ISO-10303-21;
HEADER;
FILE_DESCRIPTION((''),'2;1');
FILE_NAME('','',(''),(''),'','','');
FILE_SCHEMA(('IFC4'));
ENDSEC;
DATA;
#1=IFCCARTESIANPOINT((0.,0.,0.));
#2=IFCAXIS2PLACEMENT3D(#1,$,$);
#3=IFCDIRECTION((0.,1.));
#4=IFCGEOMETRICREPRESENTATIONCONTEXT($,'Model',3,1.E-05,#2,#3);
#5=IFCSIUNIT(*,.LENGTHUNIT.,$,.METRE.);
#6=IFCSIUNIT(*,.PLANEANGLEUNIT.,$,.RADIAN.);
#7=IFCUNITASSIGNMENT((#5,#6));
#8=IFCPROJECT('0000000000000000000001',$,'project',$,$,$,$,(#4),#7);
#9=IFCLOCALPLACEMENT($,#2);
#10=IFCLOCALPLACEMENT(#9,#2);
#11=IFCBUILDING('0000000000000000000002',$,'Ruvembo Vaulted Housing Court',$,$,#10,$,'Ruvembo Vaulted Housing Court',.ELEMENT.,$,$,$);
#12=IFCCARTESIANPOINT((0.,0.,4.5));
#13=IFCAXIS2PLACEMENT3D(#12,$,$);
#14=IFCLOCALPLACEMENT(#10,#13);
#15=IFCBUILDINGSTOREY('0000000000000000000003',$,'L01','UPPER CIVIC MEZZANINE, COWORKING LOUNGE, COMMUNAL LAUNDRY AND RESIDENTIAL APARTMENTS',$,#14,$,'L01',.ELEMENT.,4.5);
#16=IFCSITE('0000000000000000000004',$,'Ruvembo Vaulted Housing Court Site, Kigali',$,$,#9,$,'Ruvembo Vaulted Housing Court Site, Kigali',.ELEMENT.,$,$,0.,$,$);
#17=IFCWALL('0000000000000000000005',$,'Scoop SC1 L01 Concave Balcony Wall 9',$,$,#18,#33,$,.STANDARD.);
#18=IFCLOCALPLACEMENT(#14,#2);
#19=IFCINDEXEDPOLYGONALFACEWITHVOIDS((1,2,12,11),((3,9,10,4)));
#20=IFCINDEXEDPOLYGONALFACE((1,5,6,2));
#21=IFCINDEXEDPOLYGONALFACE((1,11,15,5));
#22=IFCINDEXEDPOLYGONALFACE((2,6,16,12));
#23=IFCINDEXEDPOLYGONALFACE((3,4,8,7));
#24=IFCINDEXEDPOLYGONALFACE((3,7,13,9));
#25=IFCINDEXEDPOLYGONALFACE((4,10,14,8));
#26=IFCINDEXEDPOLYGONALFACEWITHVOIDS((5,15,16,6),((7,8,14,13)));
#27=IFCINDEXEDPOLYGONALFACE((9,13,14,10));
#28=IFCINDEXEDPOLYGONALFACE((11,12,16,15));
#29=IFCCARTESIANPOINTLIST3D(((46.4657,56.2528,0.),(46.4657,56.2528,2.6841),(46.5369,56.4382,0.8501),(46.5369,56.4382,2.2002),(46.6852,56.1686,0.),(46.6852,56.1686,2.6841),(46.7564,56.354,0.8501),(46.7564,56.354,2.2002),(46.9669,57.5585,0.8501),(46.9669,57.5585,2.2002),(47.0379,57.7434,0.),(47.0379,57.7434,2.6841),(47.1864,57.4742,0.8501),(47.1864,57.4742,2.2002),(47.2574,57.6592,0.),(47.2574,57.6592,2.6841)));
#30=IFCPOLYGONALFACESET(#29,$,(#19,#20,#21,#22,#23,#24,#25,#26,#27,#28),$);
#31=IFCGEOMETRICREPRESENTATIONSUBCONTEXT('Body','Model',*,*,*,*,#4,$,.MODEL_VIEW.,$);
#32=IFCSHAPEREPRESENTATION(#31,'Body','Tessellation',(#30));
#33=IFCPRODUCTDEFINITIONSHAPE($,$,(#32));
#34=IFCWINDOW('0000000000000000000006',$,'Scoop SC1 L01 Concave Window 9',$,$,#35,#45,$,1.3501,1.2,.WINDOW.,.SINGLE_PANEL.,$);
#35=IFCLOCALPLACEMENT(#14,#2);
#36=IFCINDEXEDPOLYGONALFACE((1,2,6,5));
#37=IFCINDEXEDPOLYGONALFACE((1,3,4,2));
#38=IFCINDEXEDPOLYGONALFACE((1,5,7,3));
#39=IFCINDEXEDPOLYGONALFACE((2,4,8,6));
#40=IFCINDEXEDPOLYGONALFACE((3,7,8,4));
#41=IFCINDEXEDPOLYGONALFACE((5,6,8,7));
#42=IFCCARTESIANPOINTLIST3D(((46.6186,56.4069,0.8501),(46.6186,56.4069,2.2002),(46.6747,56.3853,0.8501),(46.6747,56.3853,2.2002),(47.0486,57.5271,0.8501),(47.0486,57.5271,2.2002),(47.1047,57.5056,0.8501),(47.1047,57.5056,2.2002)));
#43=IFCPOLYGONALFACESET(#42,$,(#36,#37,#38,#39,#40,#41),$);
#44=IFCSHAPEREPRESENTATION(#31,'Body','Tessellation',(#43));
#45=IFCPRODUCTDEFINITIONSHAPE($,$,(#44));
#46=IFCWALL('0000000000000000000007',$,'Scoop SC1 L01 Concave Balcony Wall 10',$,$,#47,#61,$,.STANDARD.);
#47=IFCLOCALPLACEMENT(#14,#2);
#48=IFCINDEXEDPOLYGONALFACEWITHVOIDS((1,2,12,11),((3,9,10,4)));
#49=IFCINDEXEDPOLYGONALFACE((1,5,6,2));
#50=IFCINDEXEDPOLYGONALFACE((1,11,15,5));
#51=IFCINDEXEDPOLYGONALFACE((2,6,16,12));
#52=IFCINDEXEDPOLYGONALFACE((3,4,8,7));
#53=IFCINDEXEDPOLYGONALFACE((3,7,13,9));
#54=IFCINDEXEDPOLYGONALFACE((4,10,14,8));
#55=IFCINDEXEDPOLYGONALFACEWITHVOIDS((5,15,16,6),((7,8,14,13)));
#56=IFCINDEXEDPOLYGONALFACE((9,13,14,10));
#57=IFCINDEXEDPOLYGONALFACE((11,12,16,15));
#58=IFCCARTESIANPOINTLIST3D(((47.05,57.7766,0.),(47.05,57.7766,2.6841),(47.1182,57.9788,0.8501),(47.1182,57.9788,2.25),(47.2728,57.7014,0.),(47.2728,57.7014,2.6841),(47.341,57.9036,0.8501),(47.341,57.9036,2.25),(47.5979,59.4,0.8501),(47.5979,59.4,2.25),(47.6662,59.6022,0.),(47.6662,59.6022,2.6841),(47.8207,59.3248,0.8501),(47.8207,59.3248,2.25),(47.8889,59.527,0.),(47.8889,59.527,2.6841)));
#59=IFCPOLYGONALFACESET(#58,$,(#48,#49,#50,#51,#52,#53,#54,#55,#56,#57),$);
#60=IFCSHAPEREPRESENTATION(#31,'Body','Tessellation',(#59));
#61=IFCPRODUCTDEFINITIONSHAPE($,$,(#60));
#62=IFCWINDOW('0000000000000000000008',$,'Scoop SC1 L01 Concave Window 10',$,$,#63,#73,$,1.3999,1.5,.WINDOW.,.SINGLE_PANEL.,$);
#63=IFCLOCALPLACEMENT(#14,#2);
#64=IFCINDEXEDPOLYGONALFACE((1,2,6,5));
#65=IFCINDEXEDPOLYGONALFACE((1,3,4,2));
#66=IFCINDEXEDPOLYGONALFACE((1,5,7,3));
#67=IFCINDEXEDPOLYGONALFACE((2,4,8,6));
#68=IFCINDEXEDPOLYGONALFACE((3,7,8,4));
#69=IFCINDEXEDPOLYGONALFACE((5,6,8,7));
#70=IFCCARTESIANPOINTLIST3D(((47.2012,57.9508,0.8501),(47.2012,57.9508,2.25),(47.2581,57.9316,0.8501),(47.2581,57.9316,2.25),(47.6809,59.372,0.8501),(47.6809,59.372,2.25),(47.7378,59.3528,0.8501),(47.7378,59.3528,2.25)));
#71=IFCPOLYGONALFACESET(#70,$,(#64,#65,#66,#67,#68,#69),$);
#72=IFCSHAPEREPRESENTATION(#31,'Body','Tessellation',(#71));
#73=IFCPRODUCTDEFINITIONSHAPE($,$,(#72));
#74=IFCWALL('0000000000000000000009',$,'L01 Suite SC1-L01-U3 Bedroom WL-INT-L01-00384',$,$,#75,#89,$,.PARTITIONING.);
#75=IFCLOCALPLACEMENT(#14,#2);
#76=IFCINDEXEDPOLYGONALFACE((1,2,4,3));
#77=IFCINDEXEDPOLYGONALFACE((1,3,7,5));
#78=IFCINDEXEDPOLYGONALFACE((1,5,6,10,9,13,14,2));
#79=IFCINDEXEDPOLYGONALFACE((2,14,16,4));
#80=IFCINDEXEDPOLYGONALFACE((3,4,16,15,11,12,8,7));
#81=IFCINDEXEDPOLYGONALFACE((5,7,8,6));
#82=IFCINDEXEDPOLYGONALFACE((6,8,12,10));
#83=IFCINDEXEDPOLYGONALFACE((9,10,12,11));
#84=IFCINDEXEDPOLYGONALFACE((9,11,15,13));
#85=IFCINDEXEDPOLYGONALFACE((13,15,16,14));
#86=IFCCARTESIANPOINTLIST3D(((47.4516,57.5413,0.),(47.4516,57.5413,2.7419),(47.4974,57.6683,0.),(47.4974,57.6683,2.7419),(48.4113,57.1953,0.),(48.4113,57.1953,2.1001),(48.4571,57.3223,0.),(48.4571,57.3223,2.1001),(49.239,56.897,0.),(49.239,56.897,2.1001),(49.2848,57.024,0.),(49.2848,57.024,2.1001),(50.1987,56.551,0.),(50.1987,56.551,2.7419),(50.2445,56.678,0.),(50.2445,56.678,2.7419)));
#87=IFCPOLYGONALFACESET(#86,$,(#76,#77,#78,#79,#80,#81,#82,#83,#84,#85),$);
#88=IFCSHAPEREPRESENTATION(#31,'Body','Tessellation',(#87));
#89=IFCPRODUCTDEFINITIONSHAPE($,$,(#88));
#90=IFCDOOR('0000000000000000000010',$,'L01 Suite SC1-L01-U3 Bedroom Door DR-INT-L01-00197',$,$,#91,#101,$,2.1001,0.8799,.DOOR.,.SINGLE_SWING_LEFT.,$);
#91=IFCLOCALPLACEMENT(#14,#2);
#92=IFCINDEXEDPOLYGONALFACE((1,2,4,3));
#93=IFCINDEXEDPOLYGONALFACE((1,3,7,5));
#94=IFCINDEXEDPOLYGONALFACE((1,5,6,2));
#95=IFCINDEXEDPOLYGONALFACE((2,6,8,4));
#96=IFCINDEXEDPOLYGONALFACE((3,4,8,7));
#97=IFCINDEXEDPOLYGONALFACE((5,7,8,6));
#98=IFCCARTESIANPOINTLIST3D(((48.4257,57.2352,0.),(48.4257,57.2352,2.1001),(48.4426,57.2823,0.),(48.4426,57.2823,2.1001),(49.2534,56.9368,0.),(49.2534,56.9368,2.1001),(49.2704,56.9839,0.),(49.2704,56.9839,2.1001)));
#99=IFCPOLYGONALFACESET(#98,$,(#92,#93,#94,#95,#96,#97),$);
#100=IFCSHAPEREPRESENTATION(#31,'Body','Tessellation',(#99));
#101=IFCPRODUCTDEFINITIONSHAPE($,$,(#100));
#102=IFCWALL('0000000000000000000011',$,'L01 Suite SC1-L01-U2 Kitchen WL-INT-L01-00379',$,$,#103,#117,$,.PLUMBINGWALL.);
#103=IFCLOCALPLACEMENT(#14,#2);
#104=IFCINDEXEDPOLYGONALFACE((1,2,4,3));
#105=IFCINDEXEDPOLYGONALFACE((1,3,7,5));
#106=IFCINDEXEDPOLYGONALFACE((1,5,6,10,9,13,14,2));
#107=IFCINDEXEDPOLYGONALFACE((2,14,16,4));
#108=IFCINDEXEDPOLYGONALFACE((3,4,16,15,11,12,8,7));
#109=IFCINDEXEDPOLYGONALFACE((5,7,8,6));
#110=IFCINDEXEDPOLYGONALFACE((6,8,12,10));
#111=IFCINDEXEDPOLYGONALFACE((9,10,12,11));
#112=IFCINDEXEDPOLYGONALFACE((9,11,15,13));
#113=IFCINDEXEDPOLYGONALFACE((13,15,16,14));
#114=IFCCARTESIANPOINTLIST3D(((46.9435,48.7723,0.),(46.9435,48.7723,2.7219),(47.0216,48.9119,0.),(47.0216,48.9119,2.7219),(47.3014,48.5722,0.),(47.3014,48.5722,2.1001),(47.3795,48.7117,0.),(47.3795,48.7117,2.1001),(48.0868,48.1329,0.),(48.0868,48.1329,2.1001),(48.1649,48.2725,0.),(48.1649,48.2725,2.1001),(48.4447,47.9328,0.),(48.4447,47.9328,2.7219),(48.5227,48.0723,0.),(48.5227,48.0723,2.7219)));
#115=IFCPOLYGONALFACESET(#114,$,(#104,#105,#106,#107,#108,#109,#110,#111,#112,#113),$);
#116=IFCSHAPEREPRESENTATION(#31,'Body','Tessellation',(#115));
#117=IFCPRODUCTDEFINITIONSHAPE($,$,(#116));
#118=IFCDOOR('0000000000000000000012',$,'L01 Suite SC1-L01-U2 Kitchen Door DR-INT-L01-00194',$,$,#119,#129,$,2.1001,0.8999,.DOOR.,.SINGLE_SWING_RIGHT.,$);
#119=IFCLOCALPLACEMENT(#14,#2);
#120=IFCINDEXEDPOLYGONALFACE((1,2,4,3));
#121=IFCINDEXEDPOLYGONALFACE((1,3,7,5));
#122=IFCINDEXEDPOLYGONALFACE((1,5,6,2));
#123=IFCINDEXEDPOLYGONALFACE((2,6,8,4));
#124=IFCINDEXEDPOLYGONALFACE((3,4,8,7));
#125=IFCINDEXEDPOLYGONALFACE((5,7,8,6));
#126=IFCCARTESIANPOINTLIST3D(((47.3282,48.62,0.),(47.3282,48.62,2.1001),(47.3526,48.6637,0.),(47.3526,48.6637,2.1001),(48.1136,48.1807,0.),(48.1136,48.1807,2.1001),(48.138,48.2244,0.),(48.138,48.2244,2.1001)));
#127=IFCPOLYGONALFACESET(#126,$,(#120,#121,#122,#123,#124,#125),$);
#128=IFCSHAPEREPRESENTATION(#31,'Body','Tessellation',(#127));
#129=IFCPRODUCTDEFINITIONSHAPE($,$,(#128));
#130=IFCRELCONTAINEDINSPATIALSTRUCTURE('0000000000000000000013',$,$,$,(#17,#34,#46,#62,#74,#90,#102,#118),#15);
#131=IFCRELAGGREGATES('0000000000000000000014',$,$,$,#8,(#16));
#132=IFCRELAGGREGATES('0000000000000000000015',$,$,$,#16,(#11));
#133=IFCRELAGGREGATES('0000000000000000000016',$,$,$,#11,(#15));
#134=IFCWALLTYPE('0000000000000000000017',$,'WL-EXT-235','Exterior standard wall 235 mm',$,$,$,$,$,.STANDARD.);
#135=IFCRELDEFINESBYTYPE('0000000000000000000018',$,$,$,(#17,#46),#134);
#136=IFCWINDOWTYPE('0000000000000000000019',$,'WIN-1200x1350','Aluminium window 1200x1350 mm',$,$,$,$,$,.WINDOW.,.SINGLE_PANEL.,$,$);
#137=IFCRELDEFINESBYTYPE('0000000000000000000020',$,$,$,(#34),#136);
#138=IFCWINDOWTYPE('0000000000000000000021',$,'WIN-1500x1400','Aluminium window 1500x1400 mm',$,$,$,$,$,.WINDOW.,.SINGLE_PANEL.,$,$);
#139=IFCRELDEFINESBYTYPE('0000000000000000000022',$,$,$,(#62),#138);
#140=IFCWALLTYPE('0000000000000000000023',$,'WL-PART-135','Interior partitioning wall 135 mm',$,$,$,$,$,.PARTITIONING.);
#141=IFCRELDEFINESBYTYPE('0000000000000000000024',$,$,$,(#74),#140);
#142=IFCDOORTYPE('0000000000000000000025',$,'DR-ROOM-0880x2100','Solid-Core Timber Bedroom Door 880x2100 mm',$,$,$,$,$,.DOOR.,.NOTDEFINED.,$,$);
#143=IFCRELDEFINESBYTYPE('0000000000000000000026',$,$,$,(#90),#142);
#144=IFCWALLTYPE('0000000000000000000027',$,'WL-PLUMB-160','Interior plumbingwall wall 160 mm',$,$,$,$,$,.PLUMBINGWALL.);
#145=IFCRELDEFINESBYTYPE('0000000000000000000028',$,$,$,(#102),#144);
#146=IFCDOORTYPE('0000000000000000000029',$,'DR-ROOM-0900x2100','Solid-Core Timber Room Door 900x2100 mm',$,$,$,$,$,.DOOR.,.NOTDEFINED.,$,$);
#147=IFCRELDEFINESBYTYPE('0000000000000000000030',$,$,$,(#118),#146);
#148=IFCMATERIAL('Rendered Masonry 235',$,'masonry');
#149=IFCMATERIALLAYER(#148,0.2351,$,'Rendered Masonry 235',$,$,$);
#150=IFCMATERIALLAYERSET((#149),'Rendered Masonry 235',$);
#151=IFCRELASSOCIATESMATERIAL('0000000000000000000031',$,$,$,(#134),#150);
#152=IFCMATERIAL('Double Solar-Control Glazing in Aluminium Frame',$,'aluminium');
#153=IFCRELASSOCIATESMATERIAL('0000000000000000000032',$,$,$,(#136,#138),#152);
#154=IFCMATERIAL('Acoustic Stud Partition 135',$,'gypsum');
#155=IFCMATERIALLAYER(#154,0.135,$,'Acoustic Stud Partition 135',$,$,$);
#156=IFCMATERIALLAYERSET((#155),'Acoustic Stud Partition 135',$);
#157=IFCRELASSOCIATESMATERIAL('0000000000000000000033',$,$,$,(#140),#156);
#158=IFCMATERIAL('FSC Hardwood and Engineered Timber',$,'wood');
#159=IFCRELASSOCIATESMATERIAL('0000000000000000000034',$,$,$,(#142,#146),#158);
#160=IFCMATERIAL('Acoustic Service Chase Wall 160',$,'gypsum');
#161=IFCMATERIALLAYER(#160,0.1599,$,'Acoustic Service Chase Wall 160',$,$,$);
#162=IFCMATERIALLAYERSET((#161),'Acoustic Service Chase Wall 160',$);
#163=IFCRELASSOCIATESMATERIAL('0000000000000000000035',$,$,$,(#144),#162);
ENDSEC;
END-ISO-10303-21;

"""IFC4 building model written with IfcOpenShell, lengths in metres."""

from ifc_helpers import new_model, si_unit, direction, frame, frame_2d, origin, place, context, subcontext, project, spatial, rectangle, extrude, material, layer, layer_set, type_object, element, fill, save


model = new_model("IFC4")

# Units and contexts
model_context = context("Model", 3, precision=1e-05, world=origin(), true_north=direction((0.0, 1.0)))
body_context = subcontext(model_context, "Body", "Model", "MODEL_VIEW")
ifc_project = project(units=[si_unit("LENGTHUNIT", "METRE"), si_unit("PLANEANGLEUNIT", "RADIAN")], contexts=[model_context])

# Site, building, storey
site_placement = place(None, origin())
site = spatial("IfcSite", under=ifc_project, at=site_placement, Name="Ruvembo Vaulted Housing Court Site, Kigali", LongName="Ruvembo Vaulted Housing Court Site, Kigali", CompositionType="ELEMENT", RefElevation=0.0)
building_placement = place(site_placement, origin())
building = spatial("IfcBuilding", under=site, at=building_placement, Name="Ruvembo Vaulted Housing Court", LongName="Ruvembo Vaulted Housing Court", CompositionType="ELEMENT")
storey_placement = place(building_placement, frame((0.0, 0.0, 4.5)))
storey = spatial("IfcBuildingStorey", under=building, at=storey_placement, Name="L01", Description="UPPER CIVIC MEZZANINE, COWORKING LOUNGE, COMMUNAL LAUNDRY AND RESIDENTIAL APARTMENTS", LongName="L01", CompositionType="ELEMENT", Elevation=4.5)

# Shared definitions
ifc_material_1 = material(Name="Rendered Masonry 235", Category="masonry")
ifc_layer_1 = layer(ifc_material_1, 0.2351, Name="Rendered Masonry 235")
ifc_layer_set_1 = layer_set([ifc_layer_1], Name="Rendered Masonry 235")
wall_type_1 = type_object("IfcWallType", Name="WL-EXT-235", Description="Exterior standard wall 235 mm", PredefinedType="STANDARD", material=ifc_layer_set_1)

# Walls, openings, windows
ifc_material_2 = material(Name="Double Solar-Control Glazing in Aluminium Frame", Category="aluminium")
wall_1_placement = place(storey_placement, frame((46.5754, 56.2107, 0.0), z_axis=(0.0, 0.0, 1.0), x_axis=(0.358385, 0.933574, 0.0)))
wall_1 = element("IfcWall", 1, at=wall_1_placement, inside=storey, type_object=wall_type_1, Name="Scoop SC1 L01 Concave Balcony Wall 9", PredefinedType="STANDARD", context=body_context, shape_type="SweptSolid", body=[
    extrude(rectangle(XDim=1.5967, YDim=0.2351, at=frame_2d((0.7983, 0.0))), origin(), (0.0, 0.0, 1.0), 2.6841),
])
opening_1_placement = place(wall_1_placement, frame((0.1985, 0.0, 0.8501)))
opening_1 = element("IfcOpeningElement", 2, at=opening_1_placement, cuts=wall_1, PredefinedType="OPENING", context=body_context, shape_type="SweptSolid", body=[
    extrude(rectangle(XDim=1.2, YDim=1.3501, at=frame_2d((0.6001, 0.675))), frame((0.0, 0.1274, 0.0), z_axis=(0.0, -1.0, 0.0), x_axis=(1.0, 0.0, 0.0)), (0.0, 0.0, 1.0), 0.2551),
])
window_type_1 = type_object("IfcWindowType", Name="WIN-1200x1350", Description="Aluminium window 1200x1350 mm", PartitioningType="SINGLE_PANEL", PredefinedType="WINDOW", material=ifc_material_2)
window_1_placement = place(opening_1_placement, origin())
window_1 = element("IfcWindow", 3, at=window_1_placement, inside=storey, type_object=window_type_1, Name="Scoop SC1 L01 Concave Window 9", OverallHeight=1.3501, OverallWidth=1.2, PartitioningType="SINGLE_PANEL", PredefinedType="WINDOW", context=body_context, shape_type="SweptSolid", body=[
    extrude(rectangle(XDim=1.2, YDim=1.3501, at=frame_2d((0.6001, 0.675))), frame((0.0, 0.03, 0.0), z_axis=(0.0, -1.0, 0.0), x_axis=(1.0, 0.0, 0.0)), (0.0, 0.0, 1.0), 0.0601),
])
fill(opening_1, window_1)
wall_2_placement = place(storey_placement, frame((47.1614, 57.739, 0.0), z_axis=(0.0, 0.0, 1.0), x_axis=(0.319799, 0.947486, 0.0)))
wall_2 = element("IfcWall", 4, at=wall_2_placement, inside=storey, type_object=wall_type_1, Name="Scoop SC1 L01 Concave Balcony Wall 10", PredefinedType="STANDARD", context=body_context, shape_type="SweptSolid", body=[
    extrude(rectangle(XDim=1.9268, YDim=0.2351, at=frame_2d((0.9634, 0.0))), origin(), (0.0, 0.0, 1.0), 2.6841),
])
opening_2_placement = place(wall_2_placement, frame((0.2134, 0.0, 0.8501)))
opening_2 = element("IfcOpeningElement", 5, at=opening_2_placement, cuts=wall_2, PredefinedType="OPENING", context=body_context, shape_type="SweptSolid", body=[
    extrude(rectangle(XDim=1.5, YDim=1.3999, at=frame_2d((0.75, 0.7))), frame((0.0, 0.1274, 0.0), z_axis=(0.0, -1.0, 0.0), x_axis=(1.0, 0.0, 0.0)), (0.0, 0.0, 1.0), 0.2551),
])
window_type_2 = type_object("IfcWindowType", Name="WIN-1500x1400", Description="Aluminium window 1500x1400 mm", PartitioningType="SINGLE_PANEL", PredefinedType="WINDOW", material=ifc_material_2)
window_2_placement = place(opening_2_placement, origin())
window_2 = element("IfcWindow", 6, at=window_2_placement, inside=storey, type_object=window_type_2, Name="Scoop SC1 L01 Concave Window 10", OverallHeight=1.3999, OverallWidth=1.5, PartitioningType="SINGLE_PANEL", PredefinedType="WINDOW", context=body_context, shape_type="SweptSolid", body=[
    extrude(rectangle(XDim=1.5, YDim=1.3999, at=frame_2d((0.75, 0.7))), frame((0.0, 0.03, 0.0), z_axis=(0.0, -1.0, 0.0), x_axis=(1.0, 0.0, 0.0)), (0.0, 0.0, 1.0), 0.0601),
])
fill(opening_2, window_2)

# Walls, openings, doors
ifc_material_3 = material(Name="Acoustic Stud Partition 135", Category="gypsum")
ifc_layer_2 = layer(ifc_material_3, 0.135, Name="Acoustic Stud Partition 135")
ifc_layer_set_2 = layer_set([ifc_layer_2], Name="Acoustic Stud Partition 135")
wall_type_2 = type_object("IfcWallType", Name="WL-PART-135", Description="Interior partitioning wall 135 mm", PredefinedType="PARTITIONING", material=ifc_layer_set_2)
wall_3_placement = place(storey_placement, frame((47.4746, 57.6047, 0.0), z_axis=(0.0, 0.0, 1.0), x_axis=(0.940747, -0.33911, 0.0)))
wall_3 = element("IfcWall", 7, at=wall_3_placement, inside=storey, type_object=wall_type_2, Name="L01 Suite SC1-L01-U3 Bedroom WL-INT-L01-00384", PredefinedType="PARTITIONING", context=body_context, shape_type="SweptSolid", body=[
    extrude(rectangle(XDim=2.9202, YDim=0.135, at=frame_2d((1.46, 0.0))), origin(), (0.0, 0.0, 1.0), 2.7419),
])
opening_3_placement = place(wall_3_placement, frame((1.02, 0.0, 0.0)))
opening_3 = element("IfcOpeningElement", 8, at=opening_3_placement, cuts=wall_3, PredefinedType="OPENING", context=body_context, shape_type="SweptSolid", body=[
    extrude(rectangle(XDim=0.8799, YDim=2.1001, at=frame_2d((0.4399, 1.05))), frame((0.0, 0.0774, 0.0), z_axis=(0.0, -1.0, 0.0), x_axis=(1.0, 0.0, 0.0)), (0.0, 0.0, 1.0), 0.155),
])
ifc_material_4 = material(Name="FSC Hardwood and Engineered Timber", Category="wood")
door_type_1 = type_object("IfcDoorType", Name="DR-ROOM-0880x2100", Description="Solid-Core Timber Bedroom Door 880x2100 mm", OperationType="NOTDEFINED", PredefinedType="DOOR", material=ifc_material_4)
door_1_placement = place(opening_3_placement, origin())
door_1 = element("IfcDoor", 9, at=door_1_placement, inside=storey, type_object=door_type_1, Name="L01 Suite SC1-L01-U3 Bedroom Door DR-INT-L01-00197", OperationType="SINGLE_SWING_LEFT", OverallHeight=2.1001, OverallWidth=0.8799, PredefinedType="DOOR", context=body_context, shape_type="SweptSolid", body=[
    extrude(rectangle(XDim=0.8799, YDim=2.1001, at=frame_2d((0.4399, 1.05))), frame((0.0, 0.0249, 0.0), z_axis=(0.0, -1.0, 0.0), x_axis=(1.0, 0.0, 0.0)), (0.0, 0.0, 1.0), 0.05),
])
fill(opening_3, door_1)
ifc_material_5 = material(Name="Acoustic Service Chase Wall 160", Category="gypsum")
ifc_layer_3 = layer(ifc_material_5, 0.1599, Name="Acoustic Service Chase Wall 160")
ifc_layer_set_3 = layer_set([ifc_layer_3], Name="Acoustic Service Chase Wall 160")
wall_type_3 = type_object("IfcWallType", Name="WL-PLUMB-160", Description="Interior plumbingwall wall 160 mm", PredefinedType="PLUMBINGWALL", material=ifc_layer_set_3)
wall_4_placement = place(storey_placement, frame((46.9827, 48.842, 0.0), z_axis=(0.0, 0.0, 1.0), x_axis=(0.872775, -0.488124, 0.0)))
wall_4 = element("IfcWall", 10, at=wall_4_placement, inside=storey, type_object=wall_type_3, Name="L01 Suite SC1-L01-U2 Kitchen WL-INT-L01-00379", PredefinedType="PLUMBINGWALL", context=body_context, shape_type="SweptSolid", body=[
    extrude(rectangle(XDim=1.72, YDim=0.1599, at=frame_2d((0.8599, 0.0))), origin(), (0.0, 0.0, 1.0), 2.7219),
])
opening_4_placement = place(wall_4_placement, frame((0.4099, 0.0, 0.0)))
opening_4 = element("IfcOpeningElement", 11, at=opening_4_placement, cuts=wall_4, PredefinedType="OPENING", context=body_context, shape_type="SweptSolid", body=[
    extrude(rectangle(XDim=0.8999, YDim=2.1001, at=frame_2d((0.45, 1.05))), frame((0.0, 0.0898, 0.0), z_axis=(0.0, -1.0, 0.0), x_axis=(1.0, 0.0, 0.0)), (0.0, 0.0, 1.0), 0.1799),
])
door_type_2 = type_object("IfcDoorType", Name="DR-ROOM-0900x2100", Description="Solid-Core Timber Room Door 900x2100 mm", OperationType="NOTDEFINED", PredefinedType="DOOR", material=ifc_material_4)
door_2_placement = place(opening_4_placement, origin())
door_2 = element("IfcDoor", 12, at=door_2_placement, inside=storey, type_object=door_type_2, Name="L01 Suite SC1-L01-U2 Kitchen Door DR-INT-L01-00194", OperationType="SINGLE_SWING_RIGHT", OverallHeight=2.1001, OverallWidth=0.8999, PredefinedType="DOOR", context=body_context, shape_type="SweptSolid", body=[
    extrude(rectangle(XDim=0.8999, YDim=2.1001, at=frame_2d((0.45, 1.05))), frame((0.0, 0.0249, 0.0), z_axis=(0.0, -1.0, 0.0), x_axis=(1.0, 0.0, 0.0)), (0.0, 0.0, 1.0), 0.05),
])
fill(opening_4, door_2)

save(model, "model.ifc")
